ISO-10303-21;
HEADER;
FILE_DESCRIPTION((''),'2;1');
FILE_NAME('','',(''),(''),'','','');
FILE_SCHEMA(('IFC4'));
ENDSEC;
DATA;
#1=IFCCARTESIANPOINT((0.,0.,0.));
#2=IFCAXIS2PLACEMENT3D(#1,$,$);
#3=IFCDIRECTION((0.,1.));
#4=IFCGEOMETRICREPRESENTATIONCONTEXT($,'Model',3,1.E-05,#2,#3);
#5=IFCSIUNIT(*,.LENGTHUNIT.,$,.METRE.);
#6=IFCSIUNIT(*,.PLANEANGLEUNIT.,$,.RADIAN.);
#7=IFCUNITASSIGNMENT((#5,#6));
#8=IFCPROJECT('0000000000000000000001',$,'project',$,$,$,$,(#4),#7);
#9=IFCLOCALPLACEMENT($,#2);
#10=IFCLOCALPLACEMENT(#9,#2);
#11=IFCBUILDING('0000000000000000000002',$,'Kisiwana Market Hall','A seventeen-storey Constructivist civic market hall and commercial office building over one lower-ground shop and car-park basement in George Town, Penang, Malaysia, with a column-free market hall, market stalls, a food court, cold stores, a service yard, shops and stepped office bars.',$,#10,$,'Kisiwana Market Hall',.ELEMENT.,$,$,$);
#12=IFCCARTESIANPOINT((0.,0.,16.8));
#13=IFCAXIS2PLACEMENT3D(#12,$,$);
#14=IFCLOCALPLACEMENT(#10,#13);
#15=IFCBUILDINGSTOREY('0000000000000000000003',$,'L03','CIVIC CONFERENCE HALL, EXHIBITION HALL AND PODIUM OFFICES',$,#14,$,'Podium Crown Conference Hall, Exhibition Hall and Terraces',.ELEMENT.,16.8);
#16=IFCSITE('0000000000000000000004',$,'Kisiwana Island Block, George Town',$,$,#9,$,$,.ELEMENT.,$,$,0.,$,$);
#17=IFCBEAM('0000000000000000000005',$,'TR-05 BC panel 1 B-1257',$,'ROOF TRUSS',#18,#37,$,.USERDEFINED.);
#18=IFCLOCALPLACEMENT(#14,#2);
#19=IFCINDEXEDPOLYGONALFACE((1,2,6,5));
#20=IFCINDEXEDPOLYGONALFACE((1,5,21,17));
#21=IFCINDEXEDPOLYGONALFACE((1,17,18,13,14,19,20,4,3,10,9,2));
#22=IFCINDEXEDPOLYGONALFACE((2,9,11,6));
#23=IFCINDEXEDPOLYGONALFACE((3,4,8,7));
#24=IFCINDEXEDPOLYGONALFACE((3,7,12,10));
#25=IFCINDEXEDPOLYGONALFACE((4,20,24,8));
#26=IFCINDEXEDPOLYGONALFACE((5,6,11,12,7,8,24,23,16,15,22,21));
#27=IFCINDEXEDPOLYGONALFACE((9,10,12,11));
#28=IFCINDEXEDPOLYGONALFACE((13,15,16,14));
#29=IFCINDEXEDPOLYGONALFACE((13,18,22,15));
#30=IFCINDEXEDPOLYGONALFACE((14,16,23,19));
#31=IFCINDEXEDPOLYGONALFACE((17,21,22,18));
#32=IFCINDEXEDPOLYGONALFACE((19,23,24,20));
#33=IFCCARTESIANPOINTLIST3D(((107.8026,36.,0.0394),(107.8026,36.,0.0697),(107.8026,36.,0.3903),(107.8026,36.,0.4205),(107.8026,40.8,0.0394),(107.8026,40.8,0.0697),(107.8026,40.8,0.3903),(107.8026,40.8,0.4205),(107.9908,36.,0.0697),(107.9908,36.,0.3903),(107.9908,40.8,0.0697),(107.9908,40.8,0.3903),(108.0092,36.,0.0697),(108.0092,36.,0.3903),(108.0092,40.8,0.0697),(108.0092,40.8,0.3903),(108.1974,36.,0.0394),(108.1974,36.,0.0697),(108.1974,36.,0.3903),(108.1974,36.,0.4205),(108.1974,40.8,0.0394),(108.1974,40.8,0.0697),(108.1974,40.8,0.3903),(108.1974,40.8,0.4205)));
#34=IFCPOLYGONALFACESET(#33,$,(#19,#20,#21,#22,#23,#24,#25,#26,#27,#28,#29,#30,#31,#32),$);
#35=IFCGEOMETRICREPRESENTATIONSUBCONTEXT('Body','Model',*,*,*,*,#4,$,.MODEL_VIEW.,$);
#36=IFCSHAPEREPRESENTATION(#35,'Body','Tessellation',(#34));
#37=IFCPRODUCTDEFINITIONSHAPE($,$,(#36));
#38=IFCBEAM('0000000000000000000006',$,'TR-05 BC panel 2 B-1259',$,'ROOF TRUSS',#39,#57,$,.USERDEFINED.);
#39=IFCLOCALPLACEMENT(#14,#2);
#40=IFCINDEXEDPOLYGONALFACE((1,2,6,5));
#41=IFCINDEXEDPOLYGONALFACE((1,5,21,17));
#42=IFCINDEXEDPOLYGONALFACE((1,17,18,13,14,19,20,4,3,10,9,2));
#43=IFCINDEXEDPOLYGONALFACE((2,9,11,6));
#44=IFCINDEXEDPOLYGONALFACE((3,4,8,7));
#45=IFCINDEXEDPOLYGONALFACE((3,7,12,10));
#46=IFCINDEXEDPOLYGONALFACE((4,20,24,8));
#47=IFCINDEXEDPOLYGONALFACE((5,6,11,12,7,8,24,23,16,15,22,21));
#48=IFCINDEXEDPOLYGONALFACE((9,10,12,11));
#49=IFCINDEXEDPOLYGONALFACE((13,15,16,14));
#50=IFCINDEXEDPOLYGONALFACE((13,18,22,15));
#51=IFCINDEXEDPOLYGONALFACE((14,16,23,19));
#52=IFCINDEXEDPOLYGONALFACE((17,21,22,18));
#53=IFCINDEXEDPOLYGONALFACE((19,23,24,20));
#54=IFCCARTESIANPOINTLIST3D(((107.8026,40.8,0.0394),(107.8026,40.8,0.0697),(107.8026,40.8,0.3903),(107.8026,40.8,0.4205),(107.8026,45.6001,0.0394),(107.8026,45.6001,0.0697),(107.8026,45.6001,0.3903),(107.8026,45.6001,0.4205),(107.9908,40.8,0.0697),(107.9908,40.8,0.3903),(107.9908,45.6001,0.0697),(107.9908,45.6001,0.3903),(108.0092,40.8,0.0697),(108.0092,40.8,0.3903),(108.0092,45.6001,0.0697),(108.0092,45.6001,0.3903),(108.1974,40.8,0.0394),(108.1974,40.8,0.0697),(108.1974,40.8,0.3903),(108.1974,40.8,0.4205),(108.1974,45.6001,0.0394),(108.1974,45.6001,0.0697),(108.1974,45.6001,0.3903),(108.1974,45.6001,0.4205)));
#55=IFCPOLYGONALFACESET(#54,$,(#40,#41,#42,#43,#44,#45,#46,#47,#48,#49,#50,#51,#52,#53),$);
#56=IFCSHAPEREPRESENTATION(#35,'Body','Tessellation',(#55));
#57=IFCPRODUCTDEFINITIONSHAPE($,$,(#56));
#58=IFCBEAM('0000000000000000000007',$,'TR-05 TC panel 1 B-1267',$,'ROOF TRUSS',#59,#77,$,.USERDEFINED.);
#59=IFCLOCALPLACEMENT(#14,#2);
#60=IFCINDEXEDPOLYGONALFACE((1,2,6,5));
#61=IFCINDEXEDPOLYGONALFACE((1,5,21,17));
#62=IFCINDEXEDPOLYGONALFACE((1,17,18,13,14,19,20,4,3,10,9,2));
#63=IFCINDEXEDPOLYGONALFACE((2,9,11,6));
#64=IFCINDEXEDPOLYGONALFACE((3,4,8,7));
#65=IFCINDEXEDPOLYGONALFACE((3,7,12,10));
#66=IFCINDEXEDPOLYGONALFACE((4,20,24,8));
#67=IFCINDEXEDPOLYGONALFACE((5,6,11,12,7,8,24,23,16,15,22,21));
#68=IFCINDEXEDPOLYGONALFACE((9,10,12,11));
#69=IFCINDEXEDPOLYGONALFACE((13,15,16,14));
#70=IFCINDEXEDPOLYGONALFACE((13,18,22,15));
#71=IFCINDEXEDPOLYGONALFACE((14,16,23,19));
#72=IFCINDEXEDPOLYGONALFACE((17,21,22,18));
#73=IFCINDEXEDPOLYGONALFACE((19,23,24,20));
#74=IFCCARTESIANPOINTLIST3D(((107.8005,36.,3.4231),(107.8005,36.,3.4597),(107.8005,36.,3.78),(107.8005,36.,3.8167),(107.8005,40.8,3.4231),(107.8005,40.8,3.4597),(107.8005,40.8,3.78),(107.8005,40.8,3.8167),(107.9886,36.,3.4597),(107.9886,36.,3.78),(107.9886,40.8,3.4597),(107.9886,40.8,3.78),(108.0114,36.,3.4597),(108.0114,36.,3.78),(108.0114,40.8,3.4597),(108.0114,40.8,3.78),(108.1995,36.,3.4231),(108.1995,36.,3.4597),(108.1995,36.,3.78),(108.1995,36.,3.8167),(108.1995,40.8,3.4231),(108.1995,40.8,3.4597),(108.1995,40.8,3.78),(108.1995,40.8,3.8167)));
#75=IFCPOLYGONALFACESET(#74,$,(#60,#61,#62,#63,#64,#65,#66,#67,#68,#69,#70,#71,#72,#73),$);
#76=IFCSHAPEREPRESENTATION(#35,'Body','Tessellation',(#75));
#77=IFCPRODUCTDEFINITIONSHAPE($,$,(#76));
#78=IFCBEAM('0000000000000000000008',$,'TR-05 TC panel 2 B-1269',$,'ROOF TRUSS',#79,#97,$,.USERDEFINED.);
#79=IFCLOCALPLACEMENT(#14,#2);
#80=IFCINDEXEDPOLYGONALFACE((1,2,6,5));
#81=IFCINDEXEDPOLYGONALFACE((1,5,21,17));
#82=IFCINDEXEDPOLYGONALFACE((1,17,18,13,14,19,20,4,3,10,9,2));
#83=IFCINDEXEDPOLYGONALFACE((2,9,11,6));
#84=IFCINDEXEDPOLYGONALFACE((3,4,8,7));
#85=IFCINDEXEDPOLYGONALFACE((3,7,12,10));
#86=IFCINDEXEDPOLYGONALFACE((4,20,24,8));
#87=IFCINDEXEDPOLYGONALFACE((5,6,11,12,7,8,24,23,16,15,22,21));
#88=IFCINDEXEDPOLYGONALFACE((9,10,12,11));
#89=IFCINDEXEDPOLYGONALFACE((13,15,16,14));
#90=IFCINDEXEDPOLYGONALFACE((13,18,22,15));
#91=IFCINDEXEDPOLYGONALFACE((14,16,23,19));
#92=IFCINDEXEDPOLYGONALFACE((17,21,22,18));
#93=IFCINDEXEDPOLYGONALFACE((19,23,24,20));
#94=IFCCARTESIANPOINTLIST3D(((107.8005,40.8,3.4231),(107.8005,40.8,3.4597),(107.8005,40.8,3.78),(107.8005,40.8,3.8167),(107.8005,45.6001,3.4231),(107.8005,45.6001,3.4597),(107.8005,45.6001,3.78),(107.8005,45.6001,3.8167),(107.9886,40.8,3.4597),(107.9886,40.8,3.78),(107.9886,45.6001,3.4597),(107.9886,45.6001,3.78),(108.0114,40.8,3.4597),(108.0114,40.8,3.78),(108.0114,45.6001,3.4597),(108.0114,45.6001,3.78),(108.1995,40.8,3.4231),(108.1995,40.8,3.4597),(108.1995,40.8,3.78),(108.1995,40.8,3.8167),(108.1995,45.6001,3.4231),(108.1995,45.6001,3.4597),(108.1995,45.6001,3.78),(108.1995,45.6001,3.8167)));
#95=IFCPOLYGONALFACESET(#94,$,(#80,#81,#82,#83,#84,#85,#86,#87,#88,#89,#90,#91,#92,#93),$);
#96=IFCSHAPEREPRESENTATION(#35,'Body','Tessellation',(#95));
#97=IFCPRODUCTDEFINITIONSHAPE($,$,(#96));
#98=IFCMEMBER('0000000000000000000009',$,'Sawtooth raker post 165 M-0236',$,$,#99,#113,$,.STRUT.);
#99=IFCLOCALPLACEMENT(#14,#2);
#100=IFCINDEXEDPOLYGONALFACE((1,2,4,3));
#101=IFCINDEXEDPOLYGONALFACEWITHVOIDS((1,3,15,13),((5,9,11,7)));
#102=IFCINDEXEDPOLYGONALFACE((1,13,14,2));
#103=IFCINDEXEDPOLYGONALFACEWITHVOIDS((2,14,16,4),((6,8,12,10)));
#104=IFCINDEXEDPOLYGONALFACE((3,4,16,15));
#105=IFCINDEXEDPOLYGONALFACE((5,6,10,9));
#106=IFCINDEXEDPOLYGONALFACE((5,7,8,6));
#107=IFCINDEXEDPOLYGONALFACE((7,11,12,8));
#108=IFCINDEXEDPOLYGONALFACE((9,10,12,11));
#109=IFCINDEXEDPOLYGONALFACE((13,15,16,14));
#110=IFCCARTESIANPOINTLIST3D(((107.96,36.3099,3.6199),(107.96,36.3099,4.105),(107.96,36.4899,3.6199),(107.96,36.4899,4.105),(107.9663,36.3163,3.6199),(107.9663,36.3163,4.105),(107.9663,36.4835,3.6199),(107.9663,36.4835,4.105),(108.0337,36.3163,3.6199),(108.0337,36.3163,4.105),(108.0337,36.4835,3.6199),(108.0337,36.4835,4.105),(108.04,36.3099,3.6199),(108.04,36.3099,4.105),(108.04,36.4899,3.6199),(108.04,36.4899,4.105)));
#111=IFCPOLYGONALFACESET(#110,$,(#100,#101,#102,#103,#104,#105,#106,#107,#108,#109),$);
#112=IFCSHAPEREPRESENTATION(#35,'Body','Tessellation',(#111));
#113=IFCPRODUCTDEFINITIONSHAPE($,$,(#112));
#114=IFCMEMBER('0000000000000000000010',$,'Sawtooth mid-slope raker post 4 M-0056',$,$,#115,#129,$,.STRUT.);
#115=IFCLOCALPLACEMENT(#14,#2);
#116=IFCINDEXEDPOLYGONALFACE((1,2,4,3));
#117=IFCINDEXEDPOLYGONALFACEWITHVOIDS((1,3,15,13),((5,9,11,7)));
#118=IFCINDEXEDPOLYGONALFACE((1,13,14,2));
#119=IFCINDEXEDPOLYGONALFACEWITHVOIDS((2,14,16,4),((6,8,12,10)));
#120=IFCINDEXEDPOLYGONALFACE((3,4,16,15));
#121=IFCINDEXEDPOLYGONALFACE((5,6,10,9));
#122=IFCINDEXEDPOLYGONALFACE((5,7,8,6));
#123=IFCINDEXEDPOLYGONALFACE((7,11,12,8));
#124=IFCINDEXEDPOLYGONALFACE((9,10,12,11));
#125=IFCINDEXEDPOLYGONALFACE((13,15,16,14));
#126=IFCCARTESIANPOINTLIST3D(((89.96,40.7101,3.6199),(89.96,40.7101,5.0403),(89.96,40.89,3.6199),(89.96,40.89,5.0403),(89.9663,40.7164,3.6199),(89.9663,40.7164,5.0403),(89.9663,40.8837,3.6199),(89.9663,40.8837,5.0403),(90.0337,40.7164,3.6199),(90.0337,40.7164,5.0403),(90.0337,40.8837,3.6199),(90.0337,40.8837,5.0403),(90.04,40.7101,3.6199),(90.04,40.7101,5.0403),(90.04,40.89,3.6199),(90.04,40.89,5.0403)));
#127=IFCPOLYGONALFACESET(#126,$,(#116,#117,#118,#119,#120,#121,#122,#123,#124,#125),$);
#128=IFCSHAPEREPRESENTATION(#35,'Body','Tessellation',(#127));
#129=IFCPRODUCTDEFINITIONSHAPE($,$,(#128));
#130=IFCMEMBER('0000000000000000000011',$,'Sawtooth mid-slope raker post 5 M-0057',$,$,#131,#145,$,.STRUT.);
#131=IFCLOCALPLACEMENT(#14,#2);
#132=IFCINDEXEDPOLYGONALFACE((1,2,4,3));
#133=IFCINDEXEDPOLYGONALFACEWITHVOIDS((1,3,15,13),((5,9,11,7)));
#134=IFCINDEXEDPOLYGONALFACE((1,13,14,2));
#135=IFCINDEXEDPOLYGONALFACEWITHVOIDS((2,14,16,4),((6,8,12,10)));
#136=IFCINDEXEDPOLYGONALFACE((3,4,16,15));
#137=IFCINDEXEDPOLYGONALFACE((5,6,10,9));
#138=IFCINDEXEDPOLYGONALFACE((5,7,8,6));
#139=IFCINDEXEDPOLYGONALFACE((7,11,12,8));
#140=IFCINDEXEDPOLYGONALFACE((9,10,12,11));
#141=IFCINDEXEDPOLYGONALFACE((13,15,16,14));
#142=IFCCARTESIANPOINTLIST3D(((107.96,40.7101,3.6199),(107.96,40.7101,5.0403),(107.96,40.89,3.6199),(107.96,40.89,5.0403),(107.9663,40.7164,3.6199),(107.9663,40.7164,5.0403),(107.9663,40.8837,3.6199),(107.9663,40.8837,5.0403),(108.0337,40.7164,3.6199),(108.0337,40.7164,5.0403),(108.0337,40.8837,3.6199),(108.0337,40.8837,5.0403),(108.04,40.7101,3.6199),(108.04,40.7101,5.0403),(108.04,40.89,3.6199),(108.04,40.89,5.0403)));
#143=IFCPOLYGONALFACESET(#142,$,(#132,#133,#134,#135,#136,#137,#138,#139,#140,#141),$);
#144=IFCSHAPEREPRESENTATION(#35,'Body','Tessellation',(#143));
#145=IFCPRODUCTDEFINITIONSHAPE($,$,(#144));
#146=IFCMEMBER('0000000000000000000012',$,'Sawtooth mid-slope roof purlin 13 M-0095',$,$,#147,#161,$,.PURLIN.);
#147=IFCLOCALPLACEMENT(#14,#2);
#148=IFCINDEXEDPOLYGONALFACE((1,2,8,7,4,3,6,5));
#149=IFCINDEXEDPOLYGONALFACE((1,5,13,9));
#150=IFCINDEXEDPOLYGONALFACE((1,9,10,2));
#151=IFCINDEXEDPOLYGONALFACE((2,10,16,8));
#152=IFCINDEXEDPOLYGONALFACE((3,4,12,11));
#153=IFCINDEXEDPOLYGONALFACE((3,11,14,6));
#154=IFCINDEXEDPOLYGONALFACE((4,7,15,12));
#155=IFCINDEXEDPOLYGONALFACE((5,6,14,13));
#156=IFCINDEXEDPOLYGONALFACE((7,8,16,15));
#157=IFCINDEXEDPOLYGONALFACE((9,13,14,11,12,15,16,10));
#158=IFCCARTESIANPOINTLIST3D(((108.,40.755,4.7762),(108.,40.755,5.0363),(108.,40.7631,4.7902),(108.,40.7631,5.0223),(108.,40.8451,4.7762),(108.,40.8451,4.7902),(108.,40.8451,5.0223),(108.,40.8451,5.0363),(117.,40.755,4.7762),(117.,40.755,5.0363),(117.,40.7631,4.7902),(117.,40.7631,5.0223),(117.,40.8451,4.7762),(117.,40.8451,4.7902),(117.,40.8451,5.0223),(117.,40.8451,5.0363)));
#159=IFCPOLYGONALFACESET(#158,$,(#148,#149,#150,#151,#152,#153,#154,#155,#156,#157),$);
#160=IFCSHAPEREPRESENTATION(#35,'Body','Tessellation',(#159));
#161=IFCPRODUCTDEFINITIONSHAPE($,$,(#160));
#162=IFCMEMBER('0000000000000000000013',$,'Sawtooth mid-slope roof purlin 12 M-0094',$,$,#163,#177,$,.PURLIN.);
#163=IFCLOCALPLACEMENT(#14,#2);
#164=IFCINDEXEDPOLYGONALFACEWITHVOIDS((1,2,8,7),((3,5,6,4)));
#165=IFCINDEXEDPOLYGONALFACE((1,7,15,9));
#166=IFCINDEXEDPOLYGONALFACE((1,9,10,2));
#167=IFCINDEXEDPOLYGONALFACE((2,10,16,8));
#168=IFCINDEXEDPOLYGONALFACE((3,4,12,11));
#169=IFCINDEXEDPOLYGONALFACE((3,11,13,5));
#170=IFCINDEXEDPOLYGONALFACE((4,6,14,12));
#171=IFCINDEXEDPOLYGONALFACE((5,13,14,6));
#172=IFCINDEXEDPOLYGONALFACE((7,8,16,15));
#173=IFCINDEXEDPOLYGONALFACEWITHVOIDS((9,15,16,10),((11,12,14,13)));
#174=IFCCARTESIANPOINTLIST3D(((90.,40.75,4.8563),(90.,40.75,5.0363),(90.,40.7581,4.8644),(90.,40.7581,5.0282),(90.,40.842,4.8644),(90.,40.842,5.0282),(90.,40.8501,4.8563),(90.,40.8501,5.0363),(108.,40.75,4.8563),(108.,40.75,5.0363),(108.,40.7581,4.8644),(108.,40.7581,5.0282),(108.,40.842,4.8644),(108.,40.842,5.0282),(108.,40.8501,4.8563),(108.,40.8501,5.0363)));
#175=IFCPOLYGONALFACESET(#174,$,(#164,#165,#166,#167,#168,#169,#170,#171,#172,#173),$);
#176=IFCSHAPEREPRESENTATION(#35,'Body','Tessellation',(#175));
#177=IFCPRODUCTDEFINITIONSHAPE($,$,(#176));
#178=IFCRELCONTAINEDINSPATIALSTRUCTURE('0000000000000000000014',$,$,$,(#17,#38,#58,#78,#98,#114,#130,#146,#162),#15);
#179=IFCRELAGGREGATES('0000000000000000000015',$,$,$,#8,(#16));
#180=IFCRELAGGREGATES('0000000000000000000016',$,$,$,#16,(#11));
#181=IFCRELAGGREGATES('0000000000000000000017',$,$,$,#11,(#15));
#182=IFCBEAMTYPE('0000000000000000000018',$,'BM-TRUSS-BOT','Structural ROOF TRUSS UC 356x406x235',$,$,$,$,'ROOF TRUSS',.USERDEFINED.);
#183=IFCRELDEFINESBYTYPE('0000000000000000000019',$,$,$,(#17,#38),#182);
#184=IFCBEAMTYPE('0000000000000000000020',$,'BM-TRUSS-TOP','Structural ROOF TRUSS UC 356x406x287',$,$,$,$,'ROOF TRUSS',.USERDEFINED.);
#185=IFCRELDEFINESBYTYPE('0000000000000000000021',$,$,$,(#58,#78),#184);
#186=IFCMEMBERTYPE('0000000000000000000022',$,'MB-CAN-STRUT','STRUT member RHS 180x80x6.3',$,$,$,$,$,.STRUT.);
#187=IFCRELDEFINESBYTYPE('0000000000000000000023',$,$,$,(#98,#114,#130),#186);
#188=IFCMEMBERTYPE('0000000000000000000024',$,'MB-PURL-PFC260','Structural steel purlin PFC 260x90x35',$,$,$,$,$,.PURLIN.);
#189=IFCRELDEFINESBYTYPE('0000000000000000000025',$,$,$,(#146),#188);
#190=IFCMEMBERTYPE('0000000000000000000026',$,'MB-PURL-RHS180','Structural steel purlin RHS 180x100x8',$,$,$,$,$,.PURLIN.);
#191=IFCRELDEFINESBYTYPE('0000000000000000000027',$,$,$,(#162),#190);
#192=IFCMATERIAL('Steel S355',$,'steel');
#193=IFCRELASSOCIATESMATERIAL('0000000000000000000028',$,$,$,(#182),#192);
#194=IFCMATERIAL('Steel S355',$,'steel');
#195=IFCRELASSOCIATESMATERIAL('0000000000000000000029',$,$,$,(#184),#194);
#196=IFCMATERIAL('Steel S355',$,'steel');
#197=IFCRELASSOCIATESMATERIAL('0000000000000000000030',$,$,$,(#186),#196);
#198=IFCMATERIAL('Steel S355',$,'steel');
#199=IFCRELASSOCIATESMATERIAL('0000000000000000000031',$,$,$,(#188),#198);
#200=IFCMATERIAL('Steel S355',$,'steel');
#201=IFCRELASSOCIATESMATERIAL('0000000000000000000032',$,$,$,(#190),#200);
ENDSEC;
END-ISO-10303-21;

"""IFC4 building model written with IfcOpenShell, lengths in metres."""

from ifc_helpers import new_model, si_unit, direction, frame, origin, origin_2d, place, context, subcontext, project, spatial, hollow_rectangle, i_section, u_section, extrude, material, material_profile, profile_set, type_object, element, save


model = new_model("IFC4")

# Units and contexts
model_context = context("Model", 3, precision=1e-05, world=origin(), true_north=direction((0.0, 1.0)))
body_context = subcontext(model_context, "Body", "Model", "MODEL_VIEW")
ifc_project = project(units=[si_unit("LENGTHUNIT", "METRE"), si_unit("PLANEANGLEUNIT", "RADIAN")], contexts=[model_context])

# Site, building, storey
site_placement = place(None, origin())
site = spatial("IfcSite", under=ifc_project, at=site_placement, Name="Kisiwana Island Block, George Town", CompositionType="ELEMENT", RefElevation=0.0)
building_placement = place(site_placement, origin())
building = spatial("IfcBuilding", under=site, at=building_placement, Name="Kisiwana Market Hall", Description="A seventeen-storey Constructivist civic market hall and commercial office building over one lower-ground shop and car-park basement in George Town, Penang, Malaysia, with a column-free market hall, market stalls, a food court, cold stores, a service yard, shops and stepped office bars.", LongName="Kisiwana Market Hall", CompositionType="ELEMENT")
storey_placement = place(building_placement, frame((0.0, 0.0, 16.8)))
storey = spatial("IfcBuildingStorey", under=building, at=storey_placement, Name="L03", Description="CIVIC CONFERENCE HALL, EXHIBITION HALL AND PODIUM OFFICES", LongName="Podium Crown Conference Hall, Exhibition Hall and Terraces", CompositionType="ELEMENT", Elevation=16.8)

# Beams
ifc_material_1 = material(Name="Steel S355", Category="steel")
ifc_material_profile_1 = material_profile(ifc_material_1, i_section(OverallWidth=0.3948, OverallDepth=0.3811, WebThickness=0.0183, FlangeThickness=0.0303, at=origin_2d()), Name="UC 356x406x235")
ifc_profile_set_1 = profile_set([ifc_material_profile_1], Name="Steel S355")
beam_type_1 = type_object("IfcBeamType", Name="BM-TRUSS-BOT", Description="Structural ROOF TRUSS UC 356x406x235", ElementType="ROOF TRUSS", PredefinedType="USERDEFINED", material=ifc_profile_set_1)
for number, where, z_axis, x_axis, name in (
    (1, (108.0, 36.0, 0.23), (0.0, 1.0, 0.0), (-1.0, 0.0, 0.0), "TR-05 BC panel 1 B-1257"),
    (2, (108.0, 40.8, 0.23), (0.0, 1.0, 0.0), (-1.0, 0.0, 0.0), "TR-05 BC panel 2 B-1259"),
):
    element("IfcBeam", number, at=place(storey_placement, frame(where, z_axis=z_axis, x_axis=x_axis)), inside=storey, type_object=beam_type_1, Name=name, ObjectType="ROOF TRUSS", PredefinedType="USERDEFINED", context=body_context, shape_type="SweptSolid", body=[
        extrude(i_section(OverallWidth=0.3948, OverallDepth=0.3811, WebThickness=0.0183, FlangeThickness=0.0303, at=origin_2d()), origin(), (0.0, 0.0, 1.0), 4.8),
    ])
ifc_material_2 = material(Name="Steel S355", Category="steel")
ifc_material_profile_2 = material_profile(ifc_material_2, i_section(OverallWidth=0.3989, OverallDepth=0.3936, WebThickness=0.0227, FlangeThickness=0.0366, at=origin_2d()), Name="UC 356x406x287")
ifc_profile_set_2 = profile_set([ifc_material_profile_2], Name="Steel S355")
beam_type_2 = type_object("IfcBeamType", Name="BM-TRUSS-TOP", Description="Structural ROOF TRUSS UC 356x406x287", ElementType="ROOF TRUSS", PredefinedType="USERDEFINED", material=ifc_profile_set_2)
for number, where, z_axis, x_axis, name in (
    (3, (108.0, 36.0, 3.6199), (0.0, 1.0, 0.0), (-1.0, 0.0, 0.0), "TR-05 TC panel 1 B-1267"),
    (4, (108.0, 40.8, 3.6199), (0.0, 1.0, 0.0), (-1.0, 0.0, 0.0), "TR-05 TC panel 2 B-1269"),
):
    element("IfcBeam", number, at=place(storey_placement, frame(where, z_axis=z_axis, x_axis=x_axis)), inside=storey, type_object=beam_type_2, Name=name, ObjectType="ROOF TRUSS", PredefinedType="USERDEFINED", context=body_context, shape_type="SweptSolid", body=[
        extrude(i_section(OverallWidth=0.3989, OverallDepth=0.3936, WebThickness=0.0227, FlangeThickness=0.0366, at=origin_2d()), origin(), (0.0, 0.0, 1.0), 4.8),
    ])

# Members
ifc_material_3 = material(Name="Steel S355", Category="steel")
ifc_material_profile_3 = material_profile(ifc_material_3, hollow_rectangle(XDim=0.0801, YDim=0.1799, WallThickness=0.0063, at=origin_2d()), Name="RHS 180x80x6.3")
ifc_profile_set_3 = profile_set([ifc_material_profile_3], Name="Steel S355")
member_type_1 = type_object("IfcMemberType", Name="MB-CAN-STRUT", Description="STRUT member RHS 180x80x6.3", PredefinedType="STRUT", material=ifc_profile_set_3)
member_1_placement = place(storey_placement, frame((108.0, 36.3999, 3.6199), z_axis=(0.0, 0.0, 1.0), x_axis=(1.0, 0.0, 0.0)))
element("IfcMember", 5, at=member_1_placement, inside=storey, type_object=member_type_1, Name="Sawtooth raker post 165 M-0236", PredefinedType="STRUT", context=body_context, shape_type="SweptSolid", body=[
    extrude(hollow_rectangle(XDim=0.0801, YDim=0.1799, WallThickness=0.0063, at=origin_2d()), origin(), (0.0, 0.0, 1.0), 0.4851),
])
for number, where, z_axis, x_axis, name in (
    (6, (90.0, 40.8, 3.6199), (0.0, 0.0, 1.0), (1.0, 0.0, 0.0), "Sawtooth mid-slope raker post 4 M-0056"),
    (7, (108.0, 40.8, 3.6199), (0.0, 0.0, 1.0), (1.0, 0.0, 0.0), "Sawtooth mid-slope raker post 5 M-0057"),
):
    element("IfcMember", number, at=place(storey_placement, frame(where, z_axis=z_axis, x_axis=x_axis)), inside=storey, type_object=member_type_1, Name=name, PredefinedType="STRUT", context=body_context, shape_type="SweptSolid", body=[
        extrude(hollow_rectangle(XDim=0.0801, YDim=0.1799, WallThickness=0.0063, at=origin_2d()), origin(), (0.0, 0.0, 1.0), 1.4204),
    ])
ifc_material_4 = material(Name="Steel S355", Category="steel")
ifc_material_profile_4 = material_profile(ifc_material_4, u_section(Depth=0.26, FlangeWidth=0.0901, WebThickness=0.0081, FlangeThickness=0.0139, at=origin_2d()), Name="PFC 260x90x35")
ifc_profile_set_4 = profile_set([ifc_material_profile_4], Name="Steel S355")
member_type_2 = type_object("IfcMemberType", Name="MB-PURL-PFC260", Description="Structural steel purlin PFC 260x90x35", PredefinedType="PURLIN", material=ifc_profile_set_4)
member_2_placement = place(storey_placement, frame((108.0, 40.8, 4.9062), z_axis=(1.0, 0.0, 0.0), x_axis=(0.0, 1.0, 0.0)))
element("IfcMember", 8, at=member_2_placement, inside=storey, type_object=member_type_2, Name="Sawtooth mid-slope roof purlin 13 M-0095", PredefinedType="PURLIN", context=body_context, shape_type="SweptSolid", body=[
    extrude(u_section(Depth=0.26, FlangeWidth=0.0901, WebThickness=0.0081, FlangeThickness=0.0139, at=origin_2d()), origin(), (0.0, 0.0, 1.0), 9.0),
])
ifc_material_5 = material(Name="Steel S355", Category="steel")
ifc_material_profile_5 = material_profile(ifc_material_5, hollow_rectangle(XDim=0.1001, YDim=0.1799, WallThickness=0.0081, at=origin_2d()), Name="RHS 180x100x8")
ifc_profile_set_5 = profile_set([ifc_material_profile_5], Name="Steel S355")
member_type_3 = type_object("IfcMemberType", Name="MB-PURL-RHS180", Description="Structural steel purlin RHS 180x100x8", PredefinedType="PURLIN", material=ifc_profile_set_5)
member_3_placement = place(storey_placement, frame((90.0, 40.8, 4.9463), z_axis=(1.0, 0.0, 0.0), x_axis=(0.0, 1.0, 0.0)))
element("IfcMember", 9, at=member_3_placement, inside=storey, type_object=member_type_3, Name="Sawtooth mid-slope roof purlin 12 M-0094", PredefinedType="PURLIN", context=body_context, shape_type="SweptSolid", body=[
    extrude(hollow_rectangle(XDim=0.1001, YDim=0.1799, WallThickness=0.0081, at=origin_2d()), origin(), (0.0, 0.0, 1.0), 18.0),
])

save(model, "model.ifc")
